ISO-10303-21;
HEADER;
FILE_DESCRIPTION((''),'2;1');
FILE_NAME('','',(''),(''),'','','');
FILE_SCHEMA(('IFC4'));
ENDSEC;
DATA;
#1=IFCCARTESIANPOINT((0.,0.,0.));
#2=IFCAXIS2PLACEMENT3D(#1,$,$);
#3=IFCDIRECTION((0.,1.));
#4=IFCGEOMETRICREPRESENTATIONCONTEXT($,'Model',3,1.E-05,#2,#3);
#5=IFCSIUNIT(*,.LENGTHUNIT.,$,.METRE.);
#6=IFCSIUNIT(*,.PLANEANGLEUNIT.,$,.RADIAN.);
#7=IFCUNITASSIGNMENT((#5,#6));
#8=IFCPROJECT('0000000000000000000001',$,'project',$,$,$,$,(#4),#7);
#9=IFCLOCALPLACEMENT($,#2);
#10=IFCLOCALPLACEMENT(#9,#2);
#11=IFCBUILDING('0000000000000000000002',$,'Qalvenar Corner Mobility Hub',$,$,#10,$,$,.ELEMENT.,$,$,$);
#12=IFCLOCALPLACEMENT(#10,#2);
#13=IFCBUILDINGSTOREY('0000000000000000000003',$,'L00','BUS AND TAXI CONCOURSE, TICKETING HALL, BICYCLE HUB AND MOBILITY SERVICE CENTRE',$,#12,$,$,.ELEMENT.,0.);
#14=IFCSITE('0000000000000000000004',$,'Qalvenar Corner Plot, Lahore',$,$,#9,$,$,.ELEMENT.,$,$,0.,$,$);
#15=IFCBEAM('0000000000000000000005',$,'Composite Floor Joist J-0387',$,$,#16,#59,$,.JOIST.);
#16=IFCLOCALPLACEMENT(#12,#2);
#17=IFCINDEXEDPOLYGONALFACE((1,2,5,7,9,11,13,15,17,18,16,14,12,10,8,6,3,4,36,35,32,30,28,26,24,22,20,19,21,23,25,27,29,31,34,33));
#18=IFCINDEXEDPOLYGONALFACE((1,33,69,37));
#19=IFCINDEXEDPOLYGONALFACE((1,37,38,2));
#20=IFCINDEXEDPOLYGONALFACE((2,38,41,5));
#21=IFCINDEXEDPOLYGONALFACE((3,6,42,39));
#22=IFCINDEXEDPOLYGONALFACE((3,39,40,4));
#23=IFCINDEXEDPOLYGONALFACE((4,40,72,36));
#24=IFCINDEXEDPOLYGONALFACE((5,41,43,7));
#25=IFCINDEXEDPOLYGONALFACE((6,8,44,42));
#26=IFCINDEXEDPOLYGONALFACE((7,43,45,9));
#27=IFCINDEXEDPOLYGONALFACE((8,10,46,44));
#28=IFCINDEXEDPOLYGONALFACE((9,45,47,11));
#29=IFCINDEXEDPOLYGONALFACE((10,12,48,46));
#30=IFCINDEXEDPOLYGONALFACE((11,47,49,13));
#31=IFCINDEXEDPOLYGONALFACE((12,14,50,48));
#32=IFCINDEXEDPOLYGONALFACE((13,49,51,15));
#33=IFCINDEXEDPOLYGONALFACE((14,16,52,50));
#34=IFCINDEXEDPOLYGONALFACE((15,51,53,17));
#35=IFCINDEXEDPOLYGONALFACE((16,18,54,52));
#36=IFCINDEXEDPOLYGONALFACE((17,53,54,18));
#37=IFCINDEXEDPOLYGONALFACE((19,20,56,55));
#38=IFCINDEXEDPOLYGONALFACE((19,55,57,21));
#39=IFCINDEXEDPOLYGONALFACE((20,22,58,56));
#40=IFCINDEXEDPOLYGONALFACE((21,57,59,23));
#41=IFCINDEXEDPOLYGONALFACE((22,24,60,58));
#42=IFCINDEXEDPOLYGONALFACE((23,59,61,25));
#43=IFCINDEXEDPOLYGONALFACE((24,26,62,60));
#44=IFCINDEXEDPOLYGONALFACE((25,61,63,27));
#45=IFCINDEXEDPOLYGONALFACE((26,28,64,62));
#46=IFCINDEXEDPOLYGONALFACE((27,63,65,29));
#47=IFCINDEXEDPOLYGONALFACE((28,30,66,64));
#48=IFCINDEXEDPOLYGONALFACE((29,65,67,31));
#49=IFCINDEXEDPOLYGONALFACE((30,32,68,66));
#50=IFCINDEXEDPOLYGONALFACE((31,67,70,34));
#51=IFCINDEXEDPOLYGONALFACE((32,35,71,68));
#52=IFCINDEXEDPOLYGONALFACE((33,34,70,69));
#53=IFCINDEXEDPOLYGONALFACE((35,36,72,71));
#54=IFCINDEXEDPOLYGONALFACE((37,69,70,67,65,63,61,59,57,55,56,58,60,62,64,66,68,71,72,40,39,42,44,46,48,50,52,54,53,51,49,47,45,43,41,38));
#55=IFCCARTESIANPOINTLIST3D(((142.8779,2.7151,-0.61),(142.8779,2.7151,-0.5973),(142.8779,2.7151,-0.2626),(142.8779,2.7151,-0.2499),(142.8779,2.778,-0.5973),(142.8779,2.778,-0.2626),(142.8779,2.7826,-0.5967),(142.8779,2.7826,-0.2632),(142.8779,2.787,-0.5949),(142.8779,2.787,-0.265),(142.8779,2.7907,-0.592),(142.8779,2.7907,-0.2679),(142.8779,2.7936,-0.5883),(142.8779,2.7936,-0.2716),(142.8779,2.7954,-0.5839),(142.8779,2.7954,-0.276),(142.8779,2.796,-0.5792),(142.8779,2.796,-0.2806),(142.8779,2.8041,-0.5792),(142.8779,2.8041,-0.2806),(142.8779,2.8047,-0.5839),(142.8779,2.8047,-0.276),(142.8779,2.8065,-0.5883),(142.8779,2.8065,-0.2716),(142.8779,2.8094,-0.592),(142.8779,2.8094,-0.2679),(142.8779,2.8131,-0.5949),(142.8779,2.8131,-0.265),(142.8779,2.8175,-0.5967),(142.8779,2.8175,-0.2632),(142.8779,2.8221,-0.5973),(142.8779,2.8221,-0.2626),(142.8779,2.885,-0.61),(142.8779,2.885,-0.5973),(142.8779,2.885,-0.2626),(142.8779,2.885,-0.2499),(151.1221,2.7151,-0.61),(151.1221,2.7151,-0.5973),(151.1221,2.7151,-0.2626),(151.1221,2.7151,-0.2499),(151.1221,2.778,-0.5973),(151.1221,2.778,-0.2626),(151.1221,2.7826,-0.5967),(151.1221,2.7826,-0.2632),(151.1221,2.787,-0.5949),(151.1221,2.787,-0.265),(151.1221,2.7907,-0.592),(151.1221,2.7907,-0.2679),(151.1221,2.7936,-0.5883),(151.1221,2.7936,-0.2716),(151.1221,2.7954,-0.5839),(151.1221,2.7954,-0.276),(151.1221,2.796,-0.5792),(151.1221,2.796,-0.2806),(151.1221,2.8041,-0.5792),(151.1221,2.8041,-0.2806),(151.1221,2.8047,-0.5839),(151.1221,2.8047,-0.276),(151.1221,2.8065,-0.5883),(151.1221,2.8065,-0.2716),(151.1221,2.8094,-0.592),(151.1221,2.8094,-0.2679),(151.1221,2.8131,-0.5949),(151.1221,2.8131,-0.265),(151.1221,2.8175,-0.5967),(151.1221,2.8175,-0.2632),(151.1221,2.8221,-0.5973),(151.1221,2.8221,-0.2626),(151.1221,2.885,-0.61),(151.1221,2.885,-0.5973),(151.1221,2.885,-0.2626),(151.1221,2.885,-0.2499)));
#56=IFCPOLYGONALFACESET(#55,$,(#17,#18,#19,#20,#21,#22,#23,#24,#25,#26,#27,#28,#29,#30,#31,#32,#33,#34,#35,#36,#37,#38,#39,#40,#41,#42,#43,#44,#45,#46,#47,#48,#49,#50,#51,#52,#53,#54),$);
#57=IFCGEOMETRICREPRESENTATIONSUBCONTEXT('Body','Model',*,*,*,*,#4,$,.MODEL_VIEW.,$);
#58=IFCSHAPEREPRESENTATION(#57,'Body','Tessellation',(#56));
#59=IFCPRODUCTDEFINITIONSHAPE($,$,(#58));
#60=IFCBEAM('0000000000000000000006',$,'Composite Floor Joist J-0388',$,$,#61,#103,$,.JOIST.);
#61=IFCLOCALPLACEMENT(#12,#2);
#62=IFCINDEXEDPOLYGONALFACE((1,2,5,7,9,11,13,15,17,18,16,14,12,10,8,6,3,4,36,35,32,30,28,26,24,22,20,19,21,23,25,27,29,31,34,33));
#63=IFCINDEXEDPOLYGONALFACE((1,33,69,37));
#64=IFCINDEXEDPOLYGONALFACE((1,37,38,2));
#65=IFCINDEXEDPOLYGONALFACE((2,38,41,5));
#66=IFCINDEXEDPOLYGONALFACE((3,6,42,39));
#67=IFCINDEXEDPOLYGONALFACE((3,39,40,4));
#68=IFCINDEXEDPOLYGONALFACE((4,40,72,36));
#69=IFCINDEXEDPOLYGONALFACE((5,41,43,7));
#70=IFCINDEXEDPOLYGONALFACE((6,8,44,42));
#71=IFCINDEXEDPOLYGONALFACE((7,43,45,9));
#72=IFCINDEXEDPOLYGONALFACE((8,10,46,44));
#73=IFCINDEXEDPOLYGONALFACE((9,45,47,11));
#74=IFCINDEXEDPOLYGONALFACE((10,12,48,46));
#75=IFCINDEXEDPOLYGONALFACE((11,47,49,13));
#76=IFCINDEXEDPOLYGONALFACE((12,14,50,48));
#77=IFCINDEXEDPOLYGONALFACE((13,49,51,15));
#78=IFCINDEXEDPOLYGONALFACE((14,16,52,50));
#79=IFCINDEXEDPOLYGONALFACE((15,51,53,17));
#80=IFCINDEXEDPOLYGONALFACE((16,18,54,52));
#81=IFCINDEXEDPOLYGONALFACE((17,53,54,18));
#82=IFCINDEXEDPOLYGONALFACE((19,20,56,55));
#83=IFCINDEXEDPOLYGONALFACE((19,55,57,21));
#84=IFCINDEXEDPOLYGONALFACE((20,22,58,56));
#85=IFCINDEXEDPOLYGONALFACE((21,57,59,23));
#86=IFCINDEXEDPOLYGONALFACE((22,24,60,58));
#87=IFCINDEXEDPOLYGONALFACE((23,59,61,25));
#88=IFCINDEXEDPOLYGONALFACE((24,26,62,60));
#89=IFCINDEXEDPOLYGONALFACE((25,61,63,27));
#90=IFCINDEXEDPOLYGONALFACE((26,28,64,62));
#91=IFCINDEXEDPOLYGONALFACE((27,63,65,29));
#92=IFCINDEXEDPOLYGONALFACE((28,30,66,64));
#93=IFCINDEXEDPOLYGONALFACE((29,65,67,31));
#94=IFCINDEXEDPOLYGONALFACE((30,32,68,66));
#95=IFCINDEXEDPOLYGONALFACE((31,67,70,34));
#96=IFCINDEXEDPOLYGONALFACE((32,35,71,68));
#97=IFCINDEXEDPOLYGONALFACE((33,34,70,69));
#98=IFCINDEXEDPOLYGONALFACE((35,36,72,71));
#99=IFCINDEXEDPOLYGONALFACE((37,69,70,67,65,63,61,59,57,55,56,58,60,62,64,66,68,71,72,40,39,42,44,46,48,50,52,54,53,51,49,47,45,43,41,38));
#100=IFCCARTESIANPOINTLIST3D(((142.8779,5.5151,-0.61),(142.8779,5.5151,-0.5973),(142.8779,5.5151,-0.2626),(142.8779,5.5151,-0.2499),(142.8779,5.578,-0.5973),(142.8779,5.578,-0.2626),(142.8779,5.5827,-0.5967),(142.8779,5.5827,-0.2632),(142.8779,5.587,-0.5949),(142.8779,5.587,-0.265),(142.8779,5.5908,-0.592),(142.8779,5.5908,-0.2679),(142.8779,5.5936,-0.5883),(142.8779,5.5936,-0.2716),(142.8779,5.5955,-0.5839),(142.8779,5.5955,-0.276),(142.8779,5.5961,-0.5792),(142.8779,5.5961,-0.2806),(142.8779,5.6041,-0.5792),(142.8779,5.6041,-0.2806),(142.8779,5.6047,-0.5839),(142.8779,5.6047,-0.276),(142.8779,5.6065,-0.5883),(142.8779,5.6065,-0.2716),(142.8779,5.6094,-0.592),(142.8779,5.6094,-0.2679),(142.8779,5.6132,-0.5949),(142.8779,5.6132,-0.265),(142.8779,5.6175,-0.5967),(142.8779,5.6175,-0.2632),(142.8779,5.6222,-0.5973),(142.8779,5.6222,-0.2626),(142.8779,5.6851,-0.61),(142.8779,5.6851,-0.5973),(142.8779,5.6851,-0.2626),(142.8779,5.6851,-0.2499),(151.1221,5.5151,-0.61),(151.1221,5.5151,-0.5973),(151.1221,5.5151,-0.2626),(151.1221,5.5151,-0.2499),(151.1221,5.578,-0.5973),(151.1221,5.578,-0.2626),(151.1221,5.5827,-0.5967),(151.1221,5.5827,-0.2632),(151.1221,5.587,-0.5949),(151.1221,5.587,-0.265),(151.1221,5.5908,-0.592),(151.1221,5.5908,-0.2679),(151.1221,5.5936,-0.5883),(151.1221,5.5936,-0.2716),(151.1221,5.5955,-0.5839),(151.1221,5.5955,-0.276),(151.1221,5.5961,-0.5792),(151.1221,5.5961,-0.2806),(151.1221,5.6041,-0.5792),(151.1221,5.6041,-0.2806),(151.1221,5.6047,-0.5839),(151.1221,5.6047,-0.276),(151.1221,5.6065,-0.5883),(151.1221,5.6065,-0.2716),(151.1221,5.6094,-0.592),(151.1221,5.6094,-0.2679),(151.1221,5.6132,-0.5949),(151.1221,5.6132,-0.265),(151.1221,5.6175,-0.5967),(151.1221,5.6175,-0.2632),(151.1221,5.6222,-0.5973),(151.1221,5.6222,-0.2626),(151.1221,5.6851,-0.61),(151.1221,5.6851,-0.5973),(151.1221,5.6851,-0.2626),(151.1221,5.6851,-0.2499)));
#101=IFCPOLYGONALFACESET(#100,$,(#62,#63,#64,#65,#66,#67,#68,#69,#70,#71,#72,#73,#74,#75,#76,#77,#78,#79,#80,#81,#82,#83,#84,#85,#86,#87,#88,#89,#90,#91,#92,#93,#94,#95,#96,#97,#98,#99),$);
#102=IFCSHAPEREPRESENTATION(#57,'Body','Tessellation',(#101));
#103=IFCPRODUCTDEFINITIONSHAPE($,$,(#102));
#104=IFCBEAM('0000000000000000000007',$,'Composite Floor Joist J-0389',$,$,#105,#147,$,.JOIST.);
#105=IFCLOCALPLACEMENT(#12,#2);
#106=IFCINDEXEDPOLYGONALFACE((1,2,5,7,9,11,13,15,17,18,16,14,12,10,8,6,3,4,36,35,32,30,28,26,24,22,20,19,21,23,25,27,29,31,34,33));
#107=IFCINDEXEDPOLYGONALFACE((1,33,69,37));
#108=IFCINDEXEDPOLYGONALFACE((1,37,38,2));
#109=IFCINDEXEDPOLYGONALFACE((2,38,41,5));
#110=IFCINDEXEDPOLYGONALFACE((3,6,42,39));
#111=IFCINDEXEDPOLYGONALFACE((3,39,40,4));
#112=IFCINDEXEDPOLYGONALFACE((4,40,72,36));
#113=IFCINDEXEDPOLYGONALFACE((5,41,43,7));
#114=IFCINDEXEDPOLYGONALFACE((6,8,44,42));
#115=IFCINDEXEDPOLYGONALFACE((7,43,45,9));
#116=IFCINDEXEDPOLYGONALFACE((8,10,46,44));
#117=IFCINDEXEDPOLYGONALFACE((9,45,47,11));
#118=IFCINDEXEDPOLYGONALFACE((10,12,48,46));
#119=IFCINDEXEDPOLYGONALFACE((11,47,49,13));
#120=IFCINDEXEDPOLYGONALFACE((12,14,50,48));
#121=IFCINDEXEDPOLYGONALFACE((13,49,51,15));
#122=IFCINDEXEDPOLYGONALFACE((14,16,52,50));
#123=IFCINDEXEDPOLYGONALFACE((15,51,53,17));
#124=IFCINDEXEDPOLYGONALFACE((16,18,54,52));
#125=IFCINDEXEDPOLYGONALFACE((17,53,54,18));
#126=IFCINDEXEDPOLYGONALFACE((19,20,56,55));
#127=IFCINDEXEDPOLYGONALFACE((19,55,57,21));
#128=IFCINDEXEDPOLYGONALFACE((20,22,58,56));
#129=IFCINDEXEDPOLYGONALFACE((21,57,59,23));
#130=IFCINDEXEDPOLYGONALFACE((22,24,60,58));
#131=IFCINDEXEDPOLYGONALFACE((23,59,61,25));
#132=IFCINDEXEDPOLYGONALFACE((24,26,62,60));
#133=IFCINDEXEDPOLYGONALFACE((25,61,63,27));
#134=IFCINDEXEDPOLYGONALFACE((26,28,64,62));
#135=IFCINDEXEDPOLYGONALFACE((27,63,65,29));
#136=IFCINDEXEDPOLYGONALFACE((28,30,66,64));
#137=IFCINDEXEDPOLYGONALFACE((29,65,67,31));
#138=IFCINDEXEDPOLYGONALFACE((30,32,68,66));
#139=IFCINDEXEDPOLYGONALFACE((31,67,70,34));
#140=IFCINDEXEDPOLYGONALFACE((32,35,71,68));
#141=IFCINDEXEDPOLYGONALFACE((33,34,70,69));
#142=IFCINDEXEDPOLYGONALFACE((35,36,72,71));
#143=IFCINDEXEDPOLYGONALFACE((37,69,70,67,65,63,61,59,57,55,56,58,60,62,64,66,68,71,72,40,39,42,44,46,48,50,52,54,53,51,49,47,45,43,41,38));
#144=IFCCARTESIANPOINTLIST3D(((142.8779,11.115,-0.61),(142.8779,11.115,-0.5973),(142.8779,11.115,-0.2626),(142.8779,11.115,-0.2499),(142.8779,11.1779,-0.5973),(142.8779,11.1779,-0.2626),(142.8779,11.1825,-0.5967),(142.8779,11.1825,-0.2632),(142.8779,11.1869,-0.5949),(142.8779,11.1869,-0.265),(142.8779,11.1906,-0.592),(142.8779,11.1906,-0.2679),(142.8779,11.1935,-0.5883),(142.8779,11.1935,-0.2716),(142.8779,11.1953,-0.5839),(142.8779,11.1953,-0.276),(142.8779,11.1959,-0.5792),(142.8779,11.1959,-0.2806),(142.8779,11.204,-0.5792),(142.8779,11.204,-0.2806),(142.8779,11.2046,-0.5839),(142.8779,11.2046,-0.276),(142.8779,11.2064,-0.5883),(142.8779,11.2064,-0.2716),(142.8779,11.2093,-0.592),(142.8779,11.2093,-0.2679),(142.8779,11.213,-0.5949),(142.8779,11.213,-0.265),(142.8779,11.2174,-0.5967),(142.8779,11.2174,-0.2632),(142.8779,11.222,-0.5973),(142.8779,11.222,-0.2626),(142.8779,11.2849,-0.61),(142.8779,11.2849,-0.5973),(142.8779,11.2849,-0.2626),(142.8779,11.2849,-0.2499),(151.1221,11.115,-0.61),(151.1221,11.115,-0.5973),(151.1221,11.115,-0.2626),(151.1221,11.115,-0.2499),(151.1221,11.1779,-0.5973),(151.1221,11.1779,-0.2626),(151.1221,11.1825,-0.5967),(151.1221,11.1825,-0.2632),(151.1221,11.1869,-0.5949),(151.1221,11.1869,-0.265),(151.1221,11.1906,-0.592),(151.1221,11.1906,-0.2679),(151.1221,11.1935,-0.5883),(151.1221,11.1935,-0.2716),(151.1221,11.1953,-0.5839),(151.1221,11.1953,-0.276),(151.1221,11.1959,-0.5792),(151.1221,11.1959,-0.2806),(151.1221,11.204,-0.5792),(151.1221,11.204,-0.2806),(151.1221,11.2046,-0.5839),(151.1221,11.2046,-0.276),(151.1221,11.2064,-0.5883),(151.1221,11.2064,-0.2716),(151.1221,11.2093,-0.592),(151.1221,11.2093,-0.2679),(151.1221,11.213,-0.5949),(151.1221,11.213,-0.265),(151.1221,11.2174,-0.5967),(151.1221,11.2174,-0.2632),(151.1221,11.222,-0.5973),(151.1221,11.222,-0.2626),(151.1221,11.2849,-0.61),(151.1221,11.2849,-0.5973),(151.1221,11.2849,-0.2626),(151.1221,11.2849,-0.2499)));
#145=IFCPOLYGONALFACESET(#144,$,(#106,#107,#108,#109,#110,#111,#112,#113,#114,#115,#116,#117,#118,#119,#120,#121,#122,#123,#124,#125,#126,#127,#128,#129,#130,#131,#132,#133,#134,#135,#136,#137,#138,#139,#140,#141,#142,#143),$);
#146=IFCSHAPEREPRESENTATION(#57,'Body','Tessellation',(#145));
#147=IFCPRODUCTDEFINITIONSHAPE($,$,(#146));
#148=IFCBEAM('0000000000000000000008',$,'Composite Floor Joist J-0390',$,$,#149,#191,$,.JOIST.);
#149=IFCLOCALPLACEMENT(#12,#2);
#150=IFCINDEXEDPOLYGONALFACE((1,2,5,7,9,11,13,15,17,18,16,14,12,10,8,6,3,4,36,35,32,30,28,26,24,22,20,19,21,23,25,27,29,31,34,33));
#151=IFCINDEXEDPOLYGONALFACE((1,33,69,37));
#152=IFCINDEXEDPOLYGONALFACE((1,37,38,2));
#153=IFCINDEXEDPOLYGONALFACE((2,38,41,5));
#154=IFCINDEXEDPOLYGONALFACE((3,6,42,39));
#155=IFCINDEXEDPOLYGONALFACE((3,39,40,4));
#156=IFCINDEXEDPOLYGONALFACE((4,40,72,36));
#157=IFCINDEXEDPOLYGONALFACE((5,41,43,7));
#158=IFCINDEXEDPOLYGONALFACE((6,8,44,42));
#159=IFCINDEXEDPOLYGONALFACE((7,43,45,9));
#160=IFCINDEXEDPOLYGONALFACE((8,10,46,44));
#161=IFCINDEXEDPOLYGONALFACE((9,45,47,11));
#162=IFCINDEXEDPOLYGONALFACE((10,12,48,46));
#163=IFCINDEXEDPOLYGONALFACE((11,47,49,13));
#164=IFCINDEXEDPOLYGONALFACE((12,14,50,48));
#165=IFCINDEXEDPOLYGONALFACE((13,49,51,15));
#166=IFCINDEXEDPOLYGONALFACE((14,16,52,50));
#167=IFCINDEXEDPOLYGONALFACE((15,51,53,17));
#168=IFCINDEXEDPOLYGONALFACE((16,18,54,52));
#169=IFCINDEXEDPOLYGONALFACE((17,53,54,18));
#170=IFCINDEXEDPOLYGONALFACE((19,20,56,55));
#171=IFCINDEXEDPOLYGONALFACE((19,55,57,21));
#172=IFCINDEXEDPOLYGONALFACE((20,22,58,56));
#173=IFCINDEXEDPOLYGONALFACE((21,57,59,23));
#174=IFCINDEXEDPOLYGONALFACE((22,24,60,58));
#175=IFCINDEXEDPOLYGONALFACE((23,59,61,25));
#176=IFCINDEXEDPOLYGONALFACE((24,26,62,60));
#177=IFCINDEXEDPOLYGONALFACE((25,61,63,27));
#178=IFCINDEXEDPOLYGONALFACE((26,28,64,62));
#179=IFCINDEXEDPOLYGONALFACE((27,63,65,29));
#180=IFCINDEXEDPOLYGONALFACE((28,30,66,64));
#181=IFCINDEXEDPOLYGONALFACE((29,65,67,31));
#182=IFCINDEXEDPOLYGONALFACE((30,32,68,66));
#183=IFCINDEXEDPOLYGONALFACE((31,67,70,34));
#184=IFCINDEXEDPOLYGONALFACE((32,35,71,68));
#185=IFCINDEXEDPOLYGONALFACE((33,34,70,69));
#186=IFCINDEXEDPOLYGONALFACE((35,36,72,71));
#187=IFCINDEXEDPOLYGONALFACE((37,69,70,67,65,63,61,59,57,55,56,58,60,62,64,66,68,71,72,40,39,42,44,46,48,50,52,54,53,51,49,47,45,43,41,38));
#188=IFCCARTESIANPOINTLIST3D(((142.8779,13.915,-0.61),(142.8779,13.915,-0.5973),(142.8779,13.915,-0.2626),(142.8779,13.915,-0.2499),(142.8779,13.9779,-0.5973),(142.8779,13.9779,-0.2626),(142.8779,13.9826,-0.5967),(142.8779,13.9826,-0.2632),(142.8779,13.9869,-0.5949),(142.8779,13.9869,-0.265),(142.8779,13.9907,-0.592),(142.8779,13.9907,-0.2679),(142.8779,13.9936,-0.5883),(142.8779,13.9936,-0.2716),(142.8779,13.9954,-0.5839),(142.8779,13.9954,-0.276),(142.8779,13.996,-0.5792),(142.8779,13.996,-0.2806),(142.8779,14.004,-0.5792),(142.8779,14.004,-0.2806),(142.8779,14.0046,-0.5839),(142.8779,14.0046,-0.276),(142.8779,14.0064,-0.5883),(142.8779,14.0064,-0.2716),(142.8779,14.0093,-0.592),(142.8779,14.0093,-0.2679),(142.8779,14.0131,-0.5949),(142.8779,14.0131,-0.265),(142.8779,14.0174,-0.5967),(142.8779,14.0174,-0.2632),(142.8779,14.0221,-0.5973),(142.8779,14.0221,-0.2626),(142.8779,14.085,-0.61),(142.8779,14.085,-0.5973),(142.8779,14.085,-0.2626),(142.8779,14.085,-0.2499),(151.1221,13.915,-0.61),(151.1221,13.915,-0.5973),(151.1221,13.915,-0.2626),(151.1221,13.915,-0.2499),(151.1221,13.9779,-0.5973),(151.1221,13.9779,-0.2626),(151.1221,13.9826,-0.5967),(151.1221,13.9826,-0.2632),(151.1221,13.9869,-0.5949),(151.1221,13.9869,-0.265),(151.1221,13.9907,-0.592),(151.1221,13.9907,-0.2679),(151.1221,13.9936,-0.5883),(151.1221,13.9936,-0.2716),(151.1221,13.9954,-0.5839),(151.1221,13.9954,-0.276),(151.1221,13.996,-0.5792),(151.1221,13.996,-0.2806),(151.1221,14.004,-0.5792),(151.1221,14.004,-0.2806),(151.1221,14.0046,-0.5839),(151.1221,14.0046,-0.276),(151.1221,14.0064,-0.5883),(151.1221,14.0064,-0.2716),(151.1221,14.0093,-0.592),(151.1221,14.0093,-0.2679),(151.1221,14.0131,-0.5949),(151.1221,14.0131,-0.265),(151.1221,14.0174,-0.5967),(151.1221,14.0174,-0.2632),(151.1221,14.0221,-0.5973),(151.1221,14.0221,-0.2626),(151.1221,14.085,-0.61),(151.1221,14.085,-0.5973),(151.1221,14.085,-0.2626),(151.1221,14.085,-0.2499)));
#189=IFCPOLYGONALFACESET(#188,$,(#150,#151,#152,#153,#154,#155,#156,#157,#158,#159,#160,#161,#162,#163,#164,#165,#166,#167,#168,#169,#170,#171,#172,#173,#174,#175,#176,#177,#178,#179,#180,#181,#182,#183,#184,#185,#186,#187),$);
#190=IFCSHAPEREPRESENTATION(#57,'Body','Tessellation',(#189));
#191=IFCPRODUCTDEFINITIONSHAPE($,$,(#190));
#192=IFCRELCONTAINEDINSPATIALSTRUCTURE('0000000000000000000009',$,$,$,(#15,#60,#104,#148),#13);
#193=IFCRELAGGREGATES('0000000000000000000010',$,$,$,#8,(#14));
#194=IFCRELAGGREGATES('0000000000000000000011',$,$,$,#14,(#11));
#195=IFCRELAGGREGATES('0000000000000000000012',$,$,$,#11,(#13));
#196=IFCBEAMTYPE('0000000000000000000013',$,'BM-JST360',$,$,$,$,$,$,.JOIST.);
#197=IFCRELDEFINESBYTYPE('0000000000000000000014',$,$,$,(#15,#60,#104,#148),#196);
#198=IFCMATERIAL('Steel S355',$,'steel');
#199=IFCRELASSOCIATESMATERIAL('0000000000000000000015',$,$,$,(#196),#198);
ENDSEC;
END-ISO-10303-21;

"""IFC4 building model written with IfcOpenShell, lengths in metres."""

from ifc_helpers import new_model, si_unit, direction, frame, origin, origin_2d, place, context, subcontext, project, spatial, i_section, extrude, material, material_profile, profile_set, type_object, element, save


model = new_model("IFC4")

# Units and contexts
model_context = context("Model", 3, precision=1e-05, world=origin(), true_north=direction((0.0, 1.0)))
body_context = subcontext(model_context, "Body", "Model", "MODEL_VIEW")
ifc_project = project(units=[si_unit("LENGTHUNIT", "METRE"), si_unit("PLANEANGLEUNIT", "RADIAN")], contexts=[model_context])

# Site, building, storey
site_placement = place(None, origin())
site = spatial("IfcSite", under=ifc_project, at=site_placement, Name="Qalvenar Corner Plot, Lahore", CompositionType="ELEMENT", RefElevation=0.0)
building_placement = place(site_placement, origin())
building = spatial("IfcBuilding", under=site, at=building_placement, Name="Qalvenar Corner Mobility Hub", CompositionType="ELEMENT")
storey_placement = place(building_placement, origin())
storey = spatial("IfcBuildingStorey", under=building, at=storey_placement, Name="L00", Description="BUS AND TAXI CONCOURSE, TICKETING HALL, BICYCLE HUB AND MOBILITY SERVICE CENTRE", CompositionType="ELEMENT", Elevation=0.0)

# Shared definitions
ifc_material = material(Name="Steel S355", Category="steel")

# Beams
ifc_material_profile_1 = material_profile(ifc_material, i_section(OverallWidth=0.1699, OverallDepth=0.3601, WebThickness=0.0081, FlangeThickness=0.0127, FilletRadius=0.0181, at=origin_2d()), Name="IPE360")
ifc_profile_set_1 = profile_set([ifc_material_profile_1], Name="Steel S355")
beam_type_1 = type_object("IfcBeamType", Name="BM-JST360", PredefinedType="JOIST", material=ifc_profile_set_1)
for number, where, z_axis, x_axis, name in (
    (1, (142.8779, 2.8, -0.4299), (1.0, 0.0, 0.0), (0.0, 1.0, 0.0), "Composite Floor Joist J-0387"),
    (2, (142.8779, 5.6001, -0.4299), (1.0, 0.0, 0.0), (0.0, 1.0, 0.0), "Composite Floor Joist J-0388"),
    (3, (142.8779, 11.2, -0.4299), (1.0, 0.0, 0.0), (0.0, 1.0, 0.0), "Composite Floor Joist J-0389"),
    (4, (142.8779, 14.0, -0.4299), (1.0, 0.0, 0.0), (0.0, 1.0, 0.0), "Composite Floor Joist J-0390"),
):
    element("IfcBeam", number, at=place(storey_placement, frame(where, z_axis=z_axis, x_axis=x_axis)), inside=storey, type_object=beam_type_1, Name=name, PredefinedType="JOIST", context=body_context, shape_type="SweptSolid", body=[
        extrude(i_section(OverallWidth=0.1699, OverallDepth=0.3601, WebThickness=0.0081, FlangeThickness=0.0127, FilletRadius=0.0181, at=origin_2d()), origin(), (0.0, 0.0, 1.0), 8.2441),
    ])

save(model, "model.ifc")
